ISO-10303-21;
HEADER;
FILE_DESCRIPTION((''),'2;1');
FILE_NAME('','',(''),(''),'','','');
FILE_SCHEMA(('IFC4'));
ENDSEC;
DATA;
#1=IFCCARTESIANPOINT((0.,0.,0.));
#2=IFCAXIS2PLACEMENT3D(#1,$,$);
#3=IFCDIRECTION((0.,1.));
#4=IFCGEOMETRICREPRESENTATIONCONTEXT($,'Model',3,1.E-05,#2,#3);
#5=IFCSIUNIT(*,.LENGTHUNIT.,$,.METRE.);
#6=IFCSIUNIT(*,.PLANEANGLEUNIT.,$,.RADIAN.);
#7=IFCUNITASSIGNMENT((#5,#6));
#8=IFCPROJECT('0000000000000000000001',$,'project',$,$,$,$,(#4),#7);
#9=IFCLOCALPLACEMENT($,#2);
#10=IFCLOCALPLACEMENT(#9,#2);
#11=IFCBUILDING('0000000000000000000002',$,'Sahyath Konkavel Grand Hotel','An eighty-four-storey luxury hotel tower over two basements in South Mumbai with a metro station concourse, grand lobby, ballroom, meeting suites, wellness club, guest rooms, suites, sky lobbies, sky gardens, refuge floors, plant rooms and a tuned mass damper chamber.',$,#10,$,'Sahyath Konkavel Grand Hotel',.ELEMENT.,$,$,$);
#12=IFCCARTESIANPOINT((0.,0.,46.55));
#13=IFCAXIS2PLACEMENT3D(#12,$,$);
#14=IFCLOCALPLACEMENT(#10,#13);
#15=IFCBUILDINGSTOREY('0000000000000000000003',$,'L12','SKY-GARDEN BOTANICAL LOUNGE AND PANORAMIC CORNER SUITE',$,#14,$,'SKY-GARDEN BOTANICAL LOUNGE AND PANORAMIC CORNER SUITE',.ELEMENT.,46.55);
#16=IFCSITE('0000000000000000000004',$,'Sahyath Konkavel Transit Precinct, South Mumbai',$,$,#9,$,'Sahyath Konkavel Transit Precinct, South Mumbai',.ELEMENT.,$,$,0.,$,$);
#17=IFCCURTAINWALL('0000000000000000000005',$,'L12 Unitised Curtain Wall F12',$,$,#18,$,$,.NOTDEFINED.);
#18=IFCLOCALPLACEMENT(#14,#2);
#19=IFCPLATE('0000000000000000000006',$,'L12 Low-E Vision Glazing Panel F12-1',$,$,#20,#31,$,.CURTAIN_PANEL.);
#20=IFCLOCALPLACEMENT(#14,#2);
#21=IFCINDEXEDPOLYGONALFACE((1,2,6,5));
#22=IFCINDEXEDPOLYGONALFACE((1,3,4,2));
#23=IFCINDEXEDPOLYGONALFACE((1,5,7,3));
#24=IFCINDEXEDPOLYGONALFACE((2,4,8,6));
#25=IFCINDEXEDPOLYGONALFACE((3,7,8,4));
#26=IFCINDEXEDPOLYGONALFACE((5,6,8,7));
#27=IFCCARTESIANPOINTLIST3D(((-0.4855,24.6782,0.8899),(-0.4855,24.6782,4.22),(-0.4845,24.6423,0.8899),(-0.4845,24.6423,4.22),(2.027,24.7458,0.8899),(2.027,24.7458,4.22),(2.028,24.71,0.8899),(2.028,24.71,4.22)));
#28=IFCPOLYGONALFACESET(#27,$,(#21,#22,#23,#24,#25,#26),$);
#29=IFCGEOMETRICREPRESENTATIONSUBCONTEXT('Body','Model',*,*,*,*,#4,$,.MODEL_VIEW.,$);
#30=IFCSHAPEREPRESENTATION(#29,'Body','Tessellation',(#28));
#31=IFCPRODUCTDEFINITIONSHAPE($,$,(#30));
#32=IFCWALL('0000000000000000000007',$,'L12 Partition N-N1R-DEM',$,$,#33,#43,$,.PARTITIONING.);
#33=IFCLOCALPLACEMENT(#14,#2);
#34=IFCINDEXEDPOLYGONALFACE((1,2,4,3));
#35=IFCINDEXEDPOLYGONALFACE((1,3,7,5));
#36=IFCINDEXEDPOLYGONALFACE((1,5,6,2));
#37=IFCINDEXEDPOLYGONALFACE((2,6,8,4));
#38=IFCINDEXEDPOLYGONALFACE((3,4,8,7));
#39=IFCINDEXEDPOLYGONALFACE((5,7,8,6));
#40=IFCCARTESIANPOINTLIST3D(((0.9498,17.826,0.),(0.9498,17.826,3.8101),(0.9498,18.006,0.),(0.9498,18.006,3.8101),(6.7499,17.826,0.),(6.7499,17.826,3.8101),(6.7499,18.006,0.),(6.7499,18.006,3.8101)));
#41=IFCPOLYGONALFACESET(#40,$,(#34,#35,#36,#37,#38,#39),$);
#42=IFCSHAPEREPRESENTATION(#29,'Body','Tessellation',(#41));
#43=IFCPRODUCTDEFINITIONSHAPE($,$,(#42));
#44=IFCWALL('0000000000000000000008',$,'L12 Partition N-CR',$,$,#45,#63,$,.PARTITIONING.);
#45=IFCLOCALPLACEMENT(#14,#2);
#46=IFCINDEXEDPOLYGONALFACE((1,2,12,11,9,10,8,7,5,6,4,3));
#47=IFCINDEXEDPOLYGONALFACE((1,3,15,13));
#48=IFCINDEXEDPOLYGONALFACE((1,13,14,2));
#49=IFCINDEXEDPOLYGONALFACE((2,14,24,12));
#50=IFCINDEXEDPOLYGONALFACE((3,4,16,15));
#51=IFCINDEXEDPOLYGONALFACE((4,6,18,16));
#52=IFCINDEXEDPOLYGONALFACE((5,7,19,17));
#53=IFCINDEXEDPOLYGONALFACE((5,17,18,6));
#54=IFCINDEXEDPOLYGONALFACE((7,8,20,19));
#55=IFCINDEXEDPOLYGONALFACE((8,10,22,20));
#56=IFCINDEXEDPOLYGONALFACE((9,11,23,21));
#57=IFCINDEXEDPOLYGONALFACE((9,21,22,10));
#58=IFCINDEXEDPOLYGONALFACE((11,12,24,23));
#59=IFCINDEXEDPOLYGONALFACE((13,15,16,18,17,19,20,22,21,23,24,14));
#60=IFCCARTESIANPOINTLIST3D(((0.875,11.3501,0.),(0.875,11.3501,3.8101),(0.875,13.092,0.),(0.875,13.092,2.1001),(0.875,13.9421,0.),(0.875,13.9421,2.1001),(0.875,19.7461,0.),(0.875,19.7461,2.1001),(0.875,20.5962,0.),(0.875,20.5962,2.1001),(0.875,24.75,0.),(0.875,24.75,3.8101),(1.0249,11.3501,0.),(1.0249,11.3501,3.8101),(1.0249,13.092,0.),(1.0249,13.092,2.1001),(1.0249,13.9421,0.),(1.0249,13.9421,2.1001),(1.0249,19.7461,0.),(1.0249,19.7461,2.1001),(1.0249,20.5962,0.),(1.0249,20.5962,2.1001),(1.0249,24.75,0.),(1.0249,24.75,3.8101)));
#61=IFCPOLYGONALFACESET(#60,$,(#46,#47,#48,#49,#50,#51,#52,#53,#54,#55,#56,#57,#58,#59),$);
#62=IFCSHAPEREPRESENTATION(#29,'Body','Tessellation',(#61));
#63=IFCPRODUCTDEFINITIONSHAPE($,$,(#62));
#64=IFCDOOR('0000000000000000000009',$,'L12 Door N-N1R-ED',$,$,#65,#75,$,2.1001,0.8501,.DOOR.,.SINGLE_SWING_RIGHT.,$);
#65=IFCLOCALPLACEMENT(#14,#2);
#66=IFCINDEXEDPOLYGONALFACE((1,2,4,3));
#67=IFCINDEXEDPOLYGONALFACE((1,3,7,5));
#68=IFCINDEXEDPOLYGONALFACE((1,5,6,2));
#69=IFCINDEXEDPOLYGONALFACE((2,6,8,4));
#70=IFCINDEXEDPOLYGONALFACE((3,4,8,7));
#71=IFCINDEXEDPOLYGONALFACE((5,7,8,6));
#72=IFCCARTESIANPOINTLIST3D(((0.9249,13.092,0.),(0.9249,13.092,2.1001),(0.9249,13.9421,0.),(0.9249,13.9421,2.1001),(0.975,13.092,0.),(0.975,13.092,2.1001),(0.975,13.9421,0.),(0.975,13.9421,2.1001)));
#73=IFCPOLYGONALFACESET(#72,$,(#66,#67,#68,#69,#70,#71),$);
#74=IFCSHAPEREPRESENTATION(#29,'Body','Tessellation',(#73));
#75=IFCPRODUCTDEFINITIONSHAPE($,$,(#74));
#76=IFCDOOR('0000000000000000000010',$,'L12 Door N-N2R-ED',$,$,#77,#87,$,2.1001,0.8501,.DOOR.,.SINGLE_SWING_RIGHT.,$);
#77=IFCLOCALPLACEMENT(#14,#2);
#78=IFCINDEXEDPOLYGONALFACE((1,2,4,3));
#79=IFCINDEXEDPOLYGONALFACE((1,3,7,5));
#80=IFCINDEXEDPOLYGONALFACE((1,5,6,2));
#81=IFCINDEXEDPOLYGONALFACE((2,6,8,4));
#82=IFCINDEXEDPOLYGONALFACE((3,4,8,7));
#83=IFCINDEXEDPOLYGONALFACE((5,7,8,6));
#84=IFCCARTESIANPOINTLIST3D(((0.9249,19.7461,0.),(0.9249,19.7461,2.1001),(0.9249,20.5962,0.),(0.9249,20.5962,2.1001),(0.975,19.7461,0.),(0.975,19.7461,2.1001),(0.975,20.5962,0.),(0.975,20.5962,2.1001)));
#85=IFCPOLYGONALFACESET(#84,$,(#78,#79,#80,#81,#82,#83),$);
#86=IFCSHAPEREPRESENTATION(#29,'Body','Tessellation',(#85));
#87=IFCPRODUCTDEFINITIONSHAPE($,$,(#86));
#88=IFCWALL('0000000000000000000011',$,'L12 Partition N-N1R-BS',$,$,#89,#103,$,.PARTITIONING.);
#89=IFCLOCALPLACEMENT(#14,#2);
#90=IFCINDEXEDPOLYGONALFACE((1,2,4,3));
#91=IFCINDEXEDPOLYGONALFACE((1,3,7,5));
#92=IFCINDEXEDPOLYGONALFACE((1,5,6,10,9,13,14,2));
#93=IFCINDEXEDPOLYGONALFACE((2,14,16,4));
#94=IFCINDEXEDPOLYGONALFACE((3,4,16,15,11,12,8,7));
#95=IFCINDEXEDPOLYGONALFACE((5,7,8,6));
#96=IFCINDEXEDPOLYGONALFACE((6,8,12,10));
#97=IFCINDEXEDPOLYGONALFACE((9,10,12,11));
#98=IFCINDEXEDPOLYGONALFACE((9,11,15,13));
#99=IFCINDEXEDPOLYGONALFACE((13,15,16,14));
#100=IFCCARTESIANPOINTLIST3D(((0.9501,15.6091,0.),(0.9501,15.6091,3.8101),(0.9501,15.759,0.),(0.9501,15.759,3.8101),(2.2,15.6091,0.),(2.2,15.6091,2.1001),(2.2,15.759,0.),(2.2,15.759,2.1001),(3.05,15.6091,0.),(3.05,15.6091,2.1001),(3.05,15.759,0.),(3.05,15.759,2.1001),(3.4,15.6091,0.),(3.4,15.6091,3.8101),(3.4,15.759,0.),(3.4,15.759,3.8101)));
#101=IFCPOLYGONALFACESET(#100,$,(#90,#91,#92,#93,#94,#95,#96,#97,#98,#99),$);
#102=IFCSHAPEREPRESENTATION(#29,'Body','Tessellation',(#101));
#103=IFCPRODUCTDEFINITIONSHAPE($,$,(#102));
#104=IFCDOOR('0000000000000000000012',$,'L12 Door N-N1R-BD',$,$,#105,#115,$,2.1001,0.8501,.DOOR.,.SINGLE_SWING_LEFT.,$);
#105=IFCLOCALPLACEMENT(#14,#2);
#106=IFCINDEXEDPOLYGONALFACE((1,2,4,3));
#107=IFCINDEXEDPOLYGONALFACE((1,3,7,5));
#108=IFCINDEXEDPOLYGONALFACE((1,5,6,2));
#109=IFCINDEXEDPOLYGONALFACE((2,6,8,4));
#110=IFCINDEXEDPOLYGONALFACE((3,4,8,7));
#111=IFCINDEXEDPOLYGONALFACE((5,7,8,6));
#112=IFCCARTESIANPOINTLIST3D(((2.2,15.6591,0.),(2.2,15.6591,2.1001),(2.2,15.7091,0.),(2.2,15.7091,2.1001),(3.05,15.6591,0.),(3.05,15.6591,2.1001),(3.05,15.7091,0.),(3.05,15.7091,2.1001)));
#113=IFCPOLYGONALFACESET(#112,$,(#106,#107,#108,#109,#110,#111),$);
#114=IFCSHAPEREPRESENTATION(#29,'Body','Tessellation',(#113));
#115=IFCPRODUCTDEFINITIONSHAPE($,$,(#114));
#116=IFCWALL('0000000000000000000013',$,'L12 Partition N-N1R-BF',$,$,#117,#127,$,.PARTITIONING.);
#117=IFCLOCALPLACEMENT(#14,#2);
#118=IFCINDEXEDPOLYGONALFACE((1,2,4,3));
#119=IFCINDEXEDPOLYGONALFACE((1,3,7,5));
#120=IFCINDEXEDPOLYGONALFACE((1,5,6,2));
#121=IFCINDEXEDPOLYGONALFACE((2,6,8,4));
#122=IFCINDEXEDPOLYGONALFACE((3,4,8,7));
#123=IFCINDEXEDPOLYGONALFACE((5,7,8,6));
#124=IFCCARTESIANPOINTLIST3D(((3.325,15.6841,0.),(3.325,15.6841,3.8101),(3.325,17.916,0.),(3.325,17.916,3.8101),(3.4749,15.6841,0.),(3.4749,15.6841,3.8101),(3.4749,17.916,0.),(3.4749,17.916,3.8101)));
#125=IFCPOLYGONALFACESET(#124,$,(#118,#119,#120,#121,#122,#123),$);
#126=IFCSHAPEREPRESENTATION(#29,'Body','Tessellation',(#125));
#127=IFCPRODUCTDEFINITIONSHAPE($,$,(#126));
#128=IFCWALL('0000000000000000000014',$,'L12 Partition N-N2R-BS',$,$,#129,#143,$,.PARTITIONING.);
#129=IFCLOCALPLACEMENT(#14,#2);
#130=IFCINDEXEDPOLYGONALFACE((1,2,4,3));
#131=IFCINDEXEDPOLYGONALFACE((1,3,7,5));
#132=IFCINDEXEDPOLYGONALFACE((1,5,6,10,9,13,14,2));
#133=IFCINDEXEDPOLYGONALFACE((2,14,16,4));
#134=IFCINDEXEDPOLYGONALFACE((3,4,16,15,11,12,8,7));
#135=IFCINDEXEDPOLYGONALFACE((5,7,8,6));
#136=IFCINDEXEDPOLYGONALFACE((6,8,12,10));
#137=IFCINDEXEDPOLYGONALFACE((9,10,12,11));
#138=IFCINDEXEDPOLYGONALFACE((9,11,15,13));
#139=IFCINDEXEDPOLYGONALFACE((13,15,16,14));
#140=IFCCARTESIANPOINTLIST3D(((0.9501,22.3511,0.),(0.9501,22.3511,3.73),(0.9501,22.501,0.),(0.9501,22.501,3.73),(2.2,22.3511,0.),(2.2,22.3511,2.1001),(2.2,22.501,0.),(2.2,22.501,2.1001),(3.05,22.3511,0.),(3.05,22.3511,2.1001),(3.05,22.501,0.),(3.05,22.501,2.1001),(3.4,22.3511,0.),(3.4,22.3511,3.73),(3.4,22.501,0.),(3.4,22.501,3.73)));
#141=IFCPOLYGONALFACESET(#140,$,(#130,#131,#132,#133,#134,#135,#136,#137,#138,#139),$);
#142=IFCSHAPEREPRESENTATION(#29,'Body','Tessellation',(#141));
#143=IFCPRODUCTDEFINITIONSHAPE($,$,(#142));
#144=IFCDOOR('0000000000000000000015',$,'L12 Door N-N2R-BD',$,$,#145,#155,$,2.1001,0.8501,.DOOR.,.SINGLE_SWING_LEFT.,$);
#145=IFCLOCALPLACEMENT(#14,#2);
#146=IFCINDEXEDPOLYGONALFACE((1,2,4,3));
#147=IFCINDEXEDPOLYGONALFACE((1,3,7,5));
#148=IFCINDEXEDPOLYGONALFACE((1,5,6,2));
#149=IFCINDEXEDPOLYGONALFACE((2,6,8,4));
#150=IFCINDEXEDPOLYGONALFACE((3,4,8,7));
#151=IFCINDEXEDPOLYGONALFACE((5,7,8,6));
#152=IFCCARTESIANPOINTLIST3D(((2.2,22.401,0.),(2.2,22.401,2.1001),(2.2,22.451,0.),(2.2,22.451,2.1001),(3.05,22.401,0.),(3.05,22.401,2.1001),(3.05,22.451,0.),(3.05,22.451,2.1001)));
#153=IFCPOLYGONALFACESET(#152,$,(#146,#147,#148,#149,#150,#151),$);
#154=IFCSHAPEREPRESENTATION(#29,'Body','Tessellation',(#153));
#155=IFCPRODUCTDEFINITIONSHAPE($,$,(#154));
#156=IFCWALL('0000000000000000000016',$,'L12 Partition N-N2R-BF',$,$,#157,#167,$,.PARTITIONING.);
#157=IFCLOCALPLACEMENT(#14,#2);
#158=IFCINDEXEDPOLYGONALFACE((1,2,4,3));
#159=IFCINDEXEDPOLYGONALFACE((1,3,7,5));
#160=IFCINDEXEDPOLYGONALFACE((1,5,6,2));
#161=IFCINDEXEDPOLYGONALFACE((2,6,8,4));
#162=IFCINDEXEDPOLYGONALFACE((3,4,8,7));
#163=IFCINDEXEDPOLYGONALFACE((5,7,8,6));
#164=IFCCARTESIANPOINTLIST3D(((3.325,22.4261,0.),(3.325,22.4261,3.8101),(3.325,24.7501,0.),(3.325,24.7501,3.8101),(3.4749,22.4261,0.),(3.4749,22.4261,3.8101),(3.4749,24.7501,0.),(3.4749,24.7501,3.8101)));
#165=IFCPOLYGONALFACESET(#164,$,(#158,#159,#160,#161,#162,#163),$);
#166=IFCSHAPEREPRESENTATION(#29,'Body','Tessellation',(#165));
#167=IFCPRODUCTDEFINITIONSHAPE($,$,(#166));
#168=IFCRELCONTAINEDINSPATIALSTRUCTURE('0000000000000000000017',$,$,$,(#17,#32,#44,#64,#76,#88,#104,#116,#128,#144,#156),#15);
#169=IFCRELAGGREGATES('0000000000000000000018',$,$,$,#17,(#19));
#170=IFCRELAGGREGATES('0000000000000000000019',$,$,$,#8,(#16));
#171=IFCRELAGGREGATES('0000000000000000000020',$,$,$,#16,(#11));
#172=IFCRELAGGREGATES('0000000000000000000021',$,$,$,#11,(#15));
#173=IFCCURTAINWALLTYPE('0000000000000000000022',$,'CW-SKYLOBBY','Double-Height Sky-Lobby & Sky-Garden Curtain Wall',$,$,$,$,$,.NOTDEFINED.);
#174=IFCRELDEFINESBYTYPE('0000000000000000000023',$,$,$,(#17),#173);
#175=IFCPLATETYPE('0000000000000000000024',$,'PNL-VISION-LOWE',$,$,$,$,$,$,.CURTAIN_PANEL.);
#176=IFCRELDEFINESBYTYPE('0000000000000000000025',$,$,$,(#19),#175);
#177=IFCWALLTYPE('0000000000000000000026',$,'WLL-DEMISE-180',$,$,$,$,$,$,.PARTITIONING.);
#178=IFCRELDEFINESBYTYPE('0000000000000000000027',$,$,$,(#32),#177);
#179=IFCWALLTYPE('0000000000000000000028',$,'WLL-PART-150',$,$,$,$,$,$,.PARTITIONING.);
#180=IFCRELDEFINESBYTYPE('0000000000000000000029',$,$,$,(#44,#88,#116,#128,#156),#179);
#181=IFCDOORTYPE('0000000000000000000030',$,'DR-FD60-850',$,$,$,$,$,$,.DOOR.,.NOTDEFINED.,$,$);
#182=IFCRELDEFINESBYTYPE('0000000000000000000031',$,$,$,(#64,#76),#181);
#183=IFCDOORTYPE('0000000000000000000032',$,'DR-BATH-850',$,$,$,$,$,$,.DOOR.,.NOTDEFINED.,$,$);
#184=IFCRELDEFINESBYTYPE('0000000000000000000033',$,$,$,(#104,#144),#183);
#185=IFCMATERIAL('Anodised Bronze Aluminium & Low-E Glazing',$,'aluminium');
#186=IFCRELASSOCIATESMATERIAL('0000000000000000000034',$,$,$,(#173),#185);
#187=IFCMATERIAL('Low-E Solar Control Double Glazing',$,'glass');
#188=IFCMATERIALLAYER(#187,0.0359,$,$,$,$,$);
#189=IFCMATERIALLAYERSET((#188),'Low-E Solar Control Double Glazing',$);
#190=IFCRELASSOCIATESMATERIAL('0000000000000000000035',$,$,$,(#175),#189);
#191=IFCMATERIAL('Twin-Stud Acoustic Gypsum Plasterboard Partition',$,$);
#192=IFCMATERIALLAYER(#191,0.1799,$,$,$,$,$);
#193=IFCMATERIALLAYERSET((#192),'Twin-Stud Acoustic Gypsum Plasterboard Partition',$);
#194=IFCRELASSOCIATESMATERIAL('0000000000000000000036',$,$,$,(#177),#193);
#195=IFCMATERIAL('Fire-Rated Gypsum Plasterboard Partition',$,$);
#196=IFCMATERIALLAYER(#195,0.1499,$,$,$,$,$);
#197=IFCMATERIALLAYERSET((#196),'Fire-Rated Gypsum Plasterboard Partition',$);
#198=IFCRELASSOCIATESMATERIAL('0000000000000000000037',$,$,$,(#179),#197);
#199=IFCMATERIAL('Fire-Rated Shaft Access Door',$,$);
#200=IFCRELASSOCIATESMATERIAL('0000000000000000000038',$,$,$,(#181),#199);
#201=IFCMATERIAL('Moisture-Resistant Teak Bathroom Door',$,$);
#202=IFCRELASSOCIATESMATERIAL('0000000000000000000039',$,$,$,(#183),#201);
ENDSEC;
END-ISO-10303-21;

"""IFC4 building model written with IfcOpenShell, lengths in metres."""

from ifc_helpers import new_model, si_unit, direction, frame, frame_2d, origin, origin_2d, place, context, subcontext, project, spatial, rectangle, extrude, source, transform, mapped, material, layer, layer_set, type_object, element, fill, aggregate, save


model = new_model("IFC4")

# Units and contexts
model_context = context("Model", 3, precision=1e-05, world=origin(), true_north=direction((0.0, 1.0)))
body_context = subcontext(model_context, "Body", "Model", "MODEL_VIEW")
ifc_project = project(units=[si_unit("LENGTHUNIT", "METRE"), si_unit("PLANEANGLEUNIT", "RADIAN")], contexts=[model_context])

# Site, building, storey
site_placement = place(None, origin())
site = spatial("IfcSite", under=ifc_project, at=site_placement, Name="Sahyath Konkavel Transit Precinct, South Mumbai", LongName="Sahyath Konkavel Transit Precinct, South Mumbai", CompositionType="ELEMENT", RefElevation=0.0)
building_placement = place(site_placement, origin())
building = spatial("IfcBuilding", under=site, at=building_placement, Name="Sahyath Konkavel Grand Hotel", Description="An eighty-four-storey luxury hotel tower over two basements in South Mumbai with a metro station concourse, grand lobby, ballroom, meeting suites, wellness club, guest rooms, suites, sky lobbies, sky gardens, refuge floors, plant rooms and a tuned mass damper chamber.", LongName="Sahyath Konkavel Grand Hotel", CompositionType="ELEMENT")
storey_placement = place(building_placement, frame((0.0, 0.0, 46.55)))
storey = spatial("IfcBuildingStorey", under=building, at=storey_placement, Name="L12", Description="SKY-GARDEN BOTANICAL LOUNGE AND PANORAMIC CORNER SUITE", LongName="SKY-GARDEN BOTANICAL LOUNGE AND PANORAMIC CORNER SUITE", CompositionType="ELEMENT", Elevation=46.55)

# Curtain wall
ifc_material_1 = material(Name="Anodised Bronze Aluminium & Low-E Glazing", Category="aluminium")
curtain_wall_type = type_object("IfcCurtainWallType", Name="CW-SKYLOBBY", Description="Double-Height Sky-Lobby & Sky-Garden Curtain Wall", PredefinedType="NOTDEFINED", material=ifc_material_1)
curtain_wall_placement = place(storey_placement, origin())
curtain_wall = element("IfcCurtainWall", 1, at=curtain_wall_placement, inside=storey, type_object=curtain_wall_type, Name="L12 Unitised Curtain Wall F12", PredefinedType="NOTDEFINED")

# Plate
ifc_material_2 = material(Name="Low-E Solar Control Double Glazing", Category="glass")
ifc_layer_1 = layer(ifc_material_2, 0.0359)
ifc_layer_set_1 = layer_set([ifc_layer_1], Name="Low-E Solar Control Double Glazing")
plate_type_1 = type_object("IfcPlateType", Name="PNL-VISION-LOWE", PredefinedType="CURTAIN_PANEL", material=ifc_layer_set_1)
shared_shape_1 = source(origin(), body_context, "Body", "SweptSolid", [
    extrude(rectangle(XDim=2.5134, YDim=0.0359, at=origin_2d()), origin(), (0.0, 0.0, 1.0), 3.3301),
])
plate_1_placement = place(storey_placement, frame((0.7712, 24.6941, 0.8899), z_axis=(0.0, 0.0, 1.0), x_axis=(-0.999638, -0.02691, 0.0)))
plate_1 = element("IfcPlate", 2, at=plate_1_placement, type_object=plate_type_1, Name="L12 Low-E Vision Glazing Panel F12-1", PredefinedType="CURTAIN_PANEL", context=body_context, shape_type="MappedRepresentation", body=[
    mapped(shared_shape_1, transform((0.0, 0.0, 0.0), scale=1.0)),
])
aggregate(curtain_wall, [plate_1])

# Wall
ifc_material_3 = material(Name="Twin-Stud Acoustic Gypsum Plasterboard Partition")
ifc_layer_2 = layer(ifc_material_3, 0.1799)
ifc_layer_set_2 = layer_set([ifc_layer_2], Name="Twin-Stud Acoustic Gypsum Plasterboard Partition")
wall_type_1 = type_object("IfcWallType", Name="WLL-DEMISE-180", PredefinedType="PARTITIONING", material=ifc_layer_set_2)
wall_1_placement = place(storey_placement, frame((0.95, 17.916, 0.0), z_axis=(0.0, 0.0, 1.0), x_axis=(1.0, 0.0, 0.0)))
element("IfcWall", 3, at=wall_1_placement, inside=storey, type_object=wall_type_1, Name="L12 Partition N-N1R-DEM", PredefinedType="PARTITIONING", context=body_context, shape_type="SweptSolid", body=[
    extrude(rectangle(XDim=5.8, YDim=0.1799, at=frame_2d((2.8999, 0.0))), origin(), (0.0, 0.0, 1.0), 3.8101),
])

# Wall, openings, doors
ifc_material_4 = material(Name="Fire-Rated Gypsum Plasterboard Partition")
ifc_layer_3 = layer(ifc_material_4, 0.1499)
ifc_layer_set_3 = layer_set([ifc_layer_3], Name="Fire-Rated Gypsum Plasterboard Partition")
wall_type_2 = type_object("IfcWallType", Name="WLL-PART-150", PredefinedType="PARTITIONING", material=ifc_layer_set_3)
wall_2_placement = place(storey_placement, frame((0.95, 11.3501, 0.0), z_axis=(0.0, 0.0, 1.0), x_axis=(0.0, 1.0, 0.0)))
wall_2 = element("IfcWall", 4, at=wall_2_placement, inside=storey, type_object=wall_type_2, Name="L12 Partition N-CR", PredefinedType="PARTITIONING", context=body_context, shape_type="SweptSolid", body=[
    extrude(rectangle(XDim=13.3999, YDim=0.1499, at=frame_2d((6.7, 0.0))), origin(), (0.0, 0.0, 1.0), 3.8101),
])
opening_1_placement = place(wall_2_placement, frame((1.7419, 0.0, 0.0)))
opening_1 = element("IfcOpeningElement", 5, at=opening_1_placement, cuts=wall_2, PredefinedType="OPENING", context=body_context, shape_type="SweptSolid", body=[
    extrude(rectangle(XDim=0.8501, YDim=2.1001, at=frame_2d((0.425, 1.05))), frame((0.0, 0.085, 0.0), z_axis=(0.0, -1.0, 0.0), x_axis=(1.0, 0.0, 0.0)), (0.0, 0.0, 1.0), 0.1699),
])
opening_2_placement = place(wall_2_placement, frame((8.396, 0.0, 0.0)))
opening_2 = element("IfcOpeningElement", 6, at=opening_2_placement, cuts=wall_2, PredefinedType="OPENING", context=body_context, shape_type="SweptSolid", body=[
    extrude(rectangle(XDim=0.8501, YDim=2.1001, at=frame_2d((0.425, 1.05))), frame((0.0, 0.085, 0.0), z_axis=(0.0, -1.0, 0.0), x_axis=(1.0, 0.0, 0.0)), (0.0, 0.0, 1.0), 0.1699),
])
ifc_material_5 = material(Name="Fire-Rated Shaft Access Door")
door_type_1 = type_object("IfcDoorType", Name="DR-FD60-850", OperationType="NOTDEFINED", PredefinedType="DOOR", material=ifc_material_5)
shared_shape_2 = source(origin(), body_context, "Body", "SweptSolid", [
    extrude(rectangle(XDim=0.8501, YDim=0.05, at=origin_2d()), origin(), (0.0, 0.0, 1.0), 2.1001),
])
door_1_placement = place(opening_1_placement, frame((0.425, 0.0, 0.0)))
door_1 = element("IfcDoor", 7, at=door_1_placement, inside=storey, type_object=door_type_1, Name="L12 Door N-N1R-ED", OperationType="SINGLE_SWING_RIGHT", OverallHeight=2.1001, OverallWidth=0.8501, PredefinedType="DOOR", context=body_context, shape_type="MappedRepresentation", body=[
    mapped(shared_shape_2, transform((0.0, 0.0, 0.0), scale=1.0)),
])
fill(opening_1, door_1)
door_2_placement = place(opening_2_placement, frame((0.425, 0.0, 0.0)))
door_2 = element("IfcDoor", 8, at=door_2_placement, inside=storey, type_object=door_type_1, Name="L12 Door N-N2R-ED", OperationType="SINGLE_SWING_RIGHT", OverallHeight=2.1001, OverallWidth=0.8501, PredefinedType="DOOR", context=body_context, shape_type="MappedRepresentation", body=[
    mapped(shared_shape_2, transform((0.0, 0.0, 0.0), scale=1.0)),
])
fill(opening_2, door_2)

# Wall, opening, door
wall_3_placement = place(storey_placement, frame((0.95, 15.6841, 0.0), z_axis=(0.0, 0.0, 1.0), x_axis=(1.0, 0.0, 0.0)))
wall_3 = element("IfcWall", 9, at=wall_3_placement, inside=storey, type_object=wall_type_2, Name="L12 Partition N-N1R-BS", PredefinedType="PARTITIONING", context=body_context, shape_type="SweptSolid", body=[
    extrude(rectangle(XDim=2.45, YDim=0.1499, at=frame_2d((1.2251, 0.0))), origin(), (0.0, 0.0, 1.0), 3.8101),
])
opening_3_placement = place(wall_3_placement, frame((1.25, 0.0, 0.0)))
opening_3 = element("IfcOpeningElement", 10, at=opening_3_placement, cuts=wall_3, PredefinedType="OPENING", context=body_context, shape_type="SweptSolid", body=[
    extrude(rectangle(XDim=0.8501, YDim=2.1001, at=frame_2d((0.425, 1.05))), frame((0.0, 0.085, 0.0), z_axis=(0.0, -1.0, 0.0), x_axis=(1.0, 0.0, 0.0)), (0.0, 0.0, 1.0), 0.1699),
])
ifc_material_6 = material(Name="Moisture-Resistant Teak Bathroom Door")
door_type_2 = type_object("IfcDoorType", Name="DR-BATH-850", OperationType="NOTDEFINED", PredefinedType="DOOR", material=ifc_material_6)
door_3_placement = place(opening_3_placement, frame((0.425, 0.0, 0.0)))
door_3 = element("IfcDoor", 11, at=door_3_placement, inside=storey, type_object=door_type_2, Name="L12 Door N-N1R-BD", OperationType="SINGLE_SWING_LEFT", OverallHeight=2.1001, OverallWidth=0.8501, PredefinedType="DOOR", context=body_context, shape_type="MappedRepresentation", body=[
    mapped(shared_shape_2, transform((0.0, 0.0, 0.0), scale=1.0)),
])
fill(opening_3, door_3)

# Wall
wall_4_placement = place(storey_placement, frame((3.3999, 15.6841, 0.0), z_axis=(0.0, 0.0, 1.0), x_axis=(0.0, 1.0, 0.0)))
element("IfcWall", 12, at=wall_4_placement, inside=storey, type_object=wall_type_2, Name="L12 Partition N-N1R-BF", PredefinedType="PARTITIONING", context=body_context, shape_type="SweptSolid", body=[
    extrude(rectangle(XDim=2.2319, YDim=0.1499, at=frame_2d((1.116, 0.0))), origin(), (0.0, 0.0, 1.0), 3.8101),
])

# Wall, opening, door
wall_5_placement = place(storey_placement, frame((0.95, 22.426, 0.0), z_axis=(0.0, 0.0, 1.0), x_axis=(1.0, 0.0, 0.0)))
wall_5 = element("IfcWall", 13, at=wall_5_placement, inside=storey, type_object=wall_type_2, Name="L12 Partition N-N2R-BS", PredefinedType="PARTITIONING", context=body_context, shape_type="SweptSolid", body=[
    extrude(rectangle(XDim=2.45, YDim=0.1499, at=frame_2d((1.2251, 0.0))), origin(), (0.0, 0.0, 1.0), 3.73),
])
opening_4_placement = place(wall_5_placement, frame((1.25, 0.0, 0.0)))
opening_4 = element("IfcOpeningElement", 14, at=opening_4_placement, cuts=wall_5, PredefinedType="OPENING", context=body_context, shape_type="SweptSolid", body=[
    extrude(rectangle(XDim=0.8501, YDim=2.1001, at=frame_2d((0.425, 1.05))), frame((0.0, 0.085, 0.0), z_axis=(0.0, -1.0, 0.0), x_axis=(1.0, 0.0, 0.0)), (0.0, 0.0, 1.0), 0.1699),
])
door_4_placement = place(opening_4_placement, frame((0.425, 0.0, 0.0)))
door_4 = element("IfcDoor", 15, at=door_4_placement, inside=storey, type_object=door_type_2, Name="L12 Door N-N2R-BD", OperationType="SINGLE_SWING_LEFT", OverallHeight=2.1001, OverallWidth=0.8501, PredefinedType="DOOR", context=body_context, shape_type="MappedRepresentation", body=[
    mapped(shared_shape_2, transform((0.0, 0.0, 0.0), scale=1.0)),
])
fill(opening_4, door_4)

# Wall
wall_6_placement = place(storey_placement, frame((3.3999, 22.426, 0.0), z_axis=(0.0, 0.0, 1.0), x_axis=(0.0, 1.0, 0.0)))
element("IfcWall", 16, at=wall_6_placement, inside=storey, type_object=wall_type_2, Name="L12 Partition N-N2R-BF", PredefinedType="PARTITIONING", context=body_context, shape_type="SweptSolid", body=[
    extrude(rectangle(XDim=2.324, YDim=0.1499, at=frame_2d((1.1621, 0.0))), origin(), (0.0, 0.0, 1.0), 3.8101),
])

save(model, "model.ifc")
